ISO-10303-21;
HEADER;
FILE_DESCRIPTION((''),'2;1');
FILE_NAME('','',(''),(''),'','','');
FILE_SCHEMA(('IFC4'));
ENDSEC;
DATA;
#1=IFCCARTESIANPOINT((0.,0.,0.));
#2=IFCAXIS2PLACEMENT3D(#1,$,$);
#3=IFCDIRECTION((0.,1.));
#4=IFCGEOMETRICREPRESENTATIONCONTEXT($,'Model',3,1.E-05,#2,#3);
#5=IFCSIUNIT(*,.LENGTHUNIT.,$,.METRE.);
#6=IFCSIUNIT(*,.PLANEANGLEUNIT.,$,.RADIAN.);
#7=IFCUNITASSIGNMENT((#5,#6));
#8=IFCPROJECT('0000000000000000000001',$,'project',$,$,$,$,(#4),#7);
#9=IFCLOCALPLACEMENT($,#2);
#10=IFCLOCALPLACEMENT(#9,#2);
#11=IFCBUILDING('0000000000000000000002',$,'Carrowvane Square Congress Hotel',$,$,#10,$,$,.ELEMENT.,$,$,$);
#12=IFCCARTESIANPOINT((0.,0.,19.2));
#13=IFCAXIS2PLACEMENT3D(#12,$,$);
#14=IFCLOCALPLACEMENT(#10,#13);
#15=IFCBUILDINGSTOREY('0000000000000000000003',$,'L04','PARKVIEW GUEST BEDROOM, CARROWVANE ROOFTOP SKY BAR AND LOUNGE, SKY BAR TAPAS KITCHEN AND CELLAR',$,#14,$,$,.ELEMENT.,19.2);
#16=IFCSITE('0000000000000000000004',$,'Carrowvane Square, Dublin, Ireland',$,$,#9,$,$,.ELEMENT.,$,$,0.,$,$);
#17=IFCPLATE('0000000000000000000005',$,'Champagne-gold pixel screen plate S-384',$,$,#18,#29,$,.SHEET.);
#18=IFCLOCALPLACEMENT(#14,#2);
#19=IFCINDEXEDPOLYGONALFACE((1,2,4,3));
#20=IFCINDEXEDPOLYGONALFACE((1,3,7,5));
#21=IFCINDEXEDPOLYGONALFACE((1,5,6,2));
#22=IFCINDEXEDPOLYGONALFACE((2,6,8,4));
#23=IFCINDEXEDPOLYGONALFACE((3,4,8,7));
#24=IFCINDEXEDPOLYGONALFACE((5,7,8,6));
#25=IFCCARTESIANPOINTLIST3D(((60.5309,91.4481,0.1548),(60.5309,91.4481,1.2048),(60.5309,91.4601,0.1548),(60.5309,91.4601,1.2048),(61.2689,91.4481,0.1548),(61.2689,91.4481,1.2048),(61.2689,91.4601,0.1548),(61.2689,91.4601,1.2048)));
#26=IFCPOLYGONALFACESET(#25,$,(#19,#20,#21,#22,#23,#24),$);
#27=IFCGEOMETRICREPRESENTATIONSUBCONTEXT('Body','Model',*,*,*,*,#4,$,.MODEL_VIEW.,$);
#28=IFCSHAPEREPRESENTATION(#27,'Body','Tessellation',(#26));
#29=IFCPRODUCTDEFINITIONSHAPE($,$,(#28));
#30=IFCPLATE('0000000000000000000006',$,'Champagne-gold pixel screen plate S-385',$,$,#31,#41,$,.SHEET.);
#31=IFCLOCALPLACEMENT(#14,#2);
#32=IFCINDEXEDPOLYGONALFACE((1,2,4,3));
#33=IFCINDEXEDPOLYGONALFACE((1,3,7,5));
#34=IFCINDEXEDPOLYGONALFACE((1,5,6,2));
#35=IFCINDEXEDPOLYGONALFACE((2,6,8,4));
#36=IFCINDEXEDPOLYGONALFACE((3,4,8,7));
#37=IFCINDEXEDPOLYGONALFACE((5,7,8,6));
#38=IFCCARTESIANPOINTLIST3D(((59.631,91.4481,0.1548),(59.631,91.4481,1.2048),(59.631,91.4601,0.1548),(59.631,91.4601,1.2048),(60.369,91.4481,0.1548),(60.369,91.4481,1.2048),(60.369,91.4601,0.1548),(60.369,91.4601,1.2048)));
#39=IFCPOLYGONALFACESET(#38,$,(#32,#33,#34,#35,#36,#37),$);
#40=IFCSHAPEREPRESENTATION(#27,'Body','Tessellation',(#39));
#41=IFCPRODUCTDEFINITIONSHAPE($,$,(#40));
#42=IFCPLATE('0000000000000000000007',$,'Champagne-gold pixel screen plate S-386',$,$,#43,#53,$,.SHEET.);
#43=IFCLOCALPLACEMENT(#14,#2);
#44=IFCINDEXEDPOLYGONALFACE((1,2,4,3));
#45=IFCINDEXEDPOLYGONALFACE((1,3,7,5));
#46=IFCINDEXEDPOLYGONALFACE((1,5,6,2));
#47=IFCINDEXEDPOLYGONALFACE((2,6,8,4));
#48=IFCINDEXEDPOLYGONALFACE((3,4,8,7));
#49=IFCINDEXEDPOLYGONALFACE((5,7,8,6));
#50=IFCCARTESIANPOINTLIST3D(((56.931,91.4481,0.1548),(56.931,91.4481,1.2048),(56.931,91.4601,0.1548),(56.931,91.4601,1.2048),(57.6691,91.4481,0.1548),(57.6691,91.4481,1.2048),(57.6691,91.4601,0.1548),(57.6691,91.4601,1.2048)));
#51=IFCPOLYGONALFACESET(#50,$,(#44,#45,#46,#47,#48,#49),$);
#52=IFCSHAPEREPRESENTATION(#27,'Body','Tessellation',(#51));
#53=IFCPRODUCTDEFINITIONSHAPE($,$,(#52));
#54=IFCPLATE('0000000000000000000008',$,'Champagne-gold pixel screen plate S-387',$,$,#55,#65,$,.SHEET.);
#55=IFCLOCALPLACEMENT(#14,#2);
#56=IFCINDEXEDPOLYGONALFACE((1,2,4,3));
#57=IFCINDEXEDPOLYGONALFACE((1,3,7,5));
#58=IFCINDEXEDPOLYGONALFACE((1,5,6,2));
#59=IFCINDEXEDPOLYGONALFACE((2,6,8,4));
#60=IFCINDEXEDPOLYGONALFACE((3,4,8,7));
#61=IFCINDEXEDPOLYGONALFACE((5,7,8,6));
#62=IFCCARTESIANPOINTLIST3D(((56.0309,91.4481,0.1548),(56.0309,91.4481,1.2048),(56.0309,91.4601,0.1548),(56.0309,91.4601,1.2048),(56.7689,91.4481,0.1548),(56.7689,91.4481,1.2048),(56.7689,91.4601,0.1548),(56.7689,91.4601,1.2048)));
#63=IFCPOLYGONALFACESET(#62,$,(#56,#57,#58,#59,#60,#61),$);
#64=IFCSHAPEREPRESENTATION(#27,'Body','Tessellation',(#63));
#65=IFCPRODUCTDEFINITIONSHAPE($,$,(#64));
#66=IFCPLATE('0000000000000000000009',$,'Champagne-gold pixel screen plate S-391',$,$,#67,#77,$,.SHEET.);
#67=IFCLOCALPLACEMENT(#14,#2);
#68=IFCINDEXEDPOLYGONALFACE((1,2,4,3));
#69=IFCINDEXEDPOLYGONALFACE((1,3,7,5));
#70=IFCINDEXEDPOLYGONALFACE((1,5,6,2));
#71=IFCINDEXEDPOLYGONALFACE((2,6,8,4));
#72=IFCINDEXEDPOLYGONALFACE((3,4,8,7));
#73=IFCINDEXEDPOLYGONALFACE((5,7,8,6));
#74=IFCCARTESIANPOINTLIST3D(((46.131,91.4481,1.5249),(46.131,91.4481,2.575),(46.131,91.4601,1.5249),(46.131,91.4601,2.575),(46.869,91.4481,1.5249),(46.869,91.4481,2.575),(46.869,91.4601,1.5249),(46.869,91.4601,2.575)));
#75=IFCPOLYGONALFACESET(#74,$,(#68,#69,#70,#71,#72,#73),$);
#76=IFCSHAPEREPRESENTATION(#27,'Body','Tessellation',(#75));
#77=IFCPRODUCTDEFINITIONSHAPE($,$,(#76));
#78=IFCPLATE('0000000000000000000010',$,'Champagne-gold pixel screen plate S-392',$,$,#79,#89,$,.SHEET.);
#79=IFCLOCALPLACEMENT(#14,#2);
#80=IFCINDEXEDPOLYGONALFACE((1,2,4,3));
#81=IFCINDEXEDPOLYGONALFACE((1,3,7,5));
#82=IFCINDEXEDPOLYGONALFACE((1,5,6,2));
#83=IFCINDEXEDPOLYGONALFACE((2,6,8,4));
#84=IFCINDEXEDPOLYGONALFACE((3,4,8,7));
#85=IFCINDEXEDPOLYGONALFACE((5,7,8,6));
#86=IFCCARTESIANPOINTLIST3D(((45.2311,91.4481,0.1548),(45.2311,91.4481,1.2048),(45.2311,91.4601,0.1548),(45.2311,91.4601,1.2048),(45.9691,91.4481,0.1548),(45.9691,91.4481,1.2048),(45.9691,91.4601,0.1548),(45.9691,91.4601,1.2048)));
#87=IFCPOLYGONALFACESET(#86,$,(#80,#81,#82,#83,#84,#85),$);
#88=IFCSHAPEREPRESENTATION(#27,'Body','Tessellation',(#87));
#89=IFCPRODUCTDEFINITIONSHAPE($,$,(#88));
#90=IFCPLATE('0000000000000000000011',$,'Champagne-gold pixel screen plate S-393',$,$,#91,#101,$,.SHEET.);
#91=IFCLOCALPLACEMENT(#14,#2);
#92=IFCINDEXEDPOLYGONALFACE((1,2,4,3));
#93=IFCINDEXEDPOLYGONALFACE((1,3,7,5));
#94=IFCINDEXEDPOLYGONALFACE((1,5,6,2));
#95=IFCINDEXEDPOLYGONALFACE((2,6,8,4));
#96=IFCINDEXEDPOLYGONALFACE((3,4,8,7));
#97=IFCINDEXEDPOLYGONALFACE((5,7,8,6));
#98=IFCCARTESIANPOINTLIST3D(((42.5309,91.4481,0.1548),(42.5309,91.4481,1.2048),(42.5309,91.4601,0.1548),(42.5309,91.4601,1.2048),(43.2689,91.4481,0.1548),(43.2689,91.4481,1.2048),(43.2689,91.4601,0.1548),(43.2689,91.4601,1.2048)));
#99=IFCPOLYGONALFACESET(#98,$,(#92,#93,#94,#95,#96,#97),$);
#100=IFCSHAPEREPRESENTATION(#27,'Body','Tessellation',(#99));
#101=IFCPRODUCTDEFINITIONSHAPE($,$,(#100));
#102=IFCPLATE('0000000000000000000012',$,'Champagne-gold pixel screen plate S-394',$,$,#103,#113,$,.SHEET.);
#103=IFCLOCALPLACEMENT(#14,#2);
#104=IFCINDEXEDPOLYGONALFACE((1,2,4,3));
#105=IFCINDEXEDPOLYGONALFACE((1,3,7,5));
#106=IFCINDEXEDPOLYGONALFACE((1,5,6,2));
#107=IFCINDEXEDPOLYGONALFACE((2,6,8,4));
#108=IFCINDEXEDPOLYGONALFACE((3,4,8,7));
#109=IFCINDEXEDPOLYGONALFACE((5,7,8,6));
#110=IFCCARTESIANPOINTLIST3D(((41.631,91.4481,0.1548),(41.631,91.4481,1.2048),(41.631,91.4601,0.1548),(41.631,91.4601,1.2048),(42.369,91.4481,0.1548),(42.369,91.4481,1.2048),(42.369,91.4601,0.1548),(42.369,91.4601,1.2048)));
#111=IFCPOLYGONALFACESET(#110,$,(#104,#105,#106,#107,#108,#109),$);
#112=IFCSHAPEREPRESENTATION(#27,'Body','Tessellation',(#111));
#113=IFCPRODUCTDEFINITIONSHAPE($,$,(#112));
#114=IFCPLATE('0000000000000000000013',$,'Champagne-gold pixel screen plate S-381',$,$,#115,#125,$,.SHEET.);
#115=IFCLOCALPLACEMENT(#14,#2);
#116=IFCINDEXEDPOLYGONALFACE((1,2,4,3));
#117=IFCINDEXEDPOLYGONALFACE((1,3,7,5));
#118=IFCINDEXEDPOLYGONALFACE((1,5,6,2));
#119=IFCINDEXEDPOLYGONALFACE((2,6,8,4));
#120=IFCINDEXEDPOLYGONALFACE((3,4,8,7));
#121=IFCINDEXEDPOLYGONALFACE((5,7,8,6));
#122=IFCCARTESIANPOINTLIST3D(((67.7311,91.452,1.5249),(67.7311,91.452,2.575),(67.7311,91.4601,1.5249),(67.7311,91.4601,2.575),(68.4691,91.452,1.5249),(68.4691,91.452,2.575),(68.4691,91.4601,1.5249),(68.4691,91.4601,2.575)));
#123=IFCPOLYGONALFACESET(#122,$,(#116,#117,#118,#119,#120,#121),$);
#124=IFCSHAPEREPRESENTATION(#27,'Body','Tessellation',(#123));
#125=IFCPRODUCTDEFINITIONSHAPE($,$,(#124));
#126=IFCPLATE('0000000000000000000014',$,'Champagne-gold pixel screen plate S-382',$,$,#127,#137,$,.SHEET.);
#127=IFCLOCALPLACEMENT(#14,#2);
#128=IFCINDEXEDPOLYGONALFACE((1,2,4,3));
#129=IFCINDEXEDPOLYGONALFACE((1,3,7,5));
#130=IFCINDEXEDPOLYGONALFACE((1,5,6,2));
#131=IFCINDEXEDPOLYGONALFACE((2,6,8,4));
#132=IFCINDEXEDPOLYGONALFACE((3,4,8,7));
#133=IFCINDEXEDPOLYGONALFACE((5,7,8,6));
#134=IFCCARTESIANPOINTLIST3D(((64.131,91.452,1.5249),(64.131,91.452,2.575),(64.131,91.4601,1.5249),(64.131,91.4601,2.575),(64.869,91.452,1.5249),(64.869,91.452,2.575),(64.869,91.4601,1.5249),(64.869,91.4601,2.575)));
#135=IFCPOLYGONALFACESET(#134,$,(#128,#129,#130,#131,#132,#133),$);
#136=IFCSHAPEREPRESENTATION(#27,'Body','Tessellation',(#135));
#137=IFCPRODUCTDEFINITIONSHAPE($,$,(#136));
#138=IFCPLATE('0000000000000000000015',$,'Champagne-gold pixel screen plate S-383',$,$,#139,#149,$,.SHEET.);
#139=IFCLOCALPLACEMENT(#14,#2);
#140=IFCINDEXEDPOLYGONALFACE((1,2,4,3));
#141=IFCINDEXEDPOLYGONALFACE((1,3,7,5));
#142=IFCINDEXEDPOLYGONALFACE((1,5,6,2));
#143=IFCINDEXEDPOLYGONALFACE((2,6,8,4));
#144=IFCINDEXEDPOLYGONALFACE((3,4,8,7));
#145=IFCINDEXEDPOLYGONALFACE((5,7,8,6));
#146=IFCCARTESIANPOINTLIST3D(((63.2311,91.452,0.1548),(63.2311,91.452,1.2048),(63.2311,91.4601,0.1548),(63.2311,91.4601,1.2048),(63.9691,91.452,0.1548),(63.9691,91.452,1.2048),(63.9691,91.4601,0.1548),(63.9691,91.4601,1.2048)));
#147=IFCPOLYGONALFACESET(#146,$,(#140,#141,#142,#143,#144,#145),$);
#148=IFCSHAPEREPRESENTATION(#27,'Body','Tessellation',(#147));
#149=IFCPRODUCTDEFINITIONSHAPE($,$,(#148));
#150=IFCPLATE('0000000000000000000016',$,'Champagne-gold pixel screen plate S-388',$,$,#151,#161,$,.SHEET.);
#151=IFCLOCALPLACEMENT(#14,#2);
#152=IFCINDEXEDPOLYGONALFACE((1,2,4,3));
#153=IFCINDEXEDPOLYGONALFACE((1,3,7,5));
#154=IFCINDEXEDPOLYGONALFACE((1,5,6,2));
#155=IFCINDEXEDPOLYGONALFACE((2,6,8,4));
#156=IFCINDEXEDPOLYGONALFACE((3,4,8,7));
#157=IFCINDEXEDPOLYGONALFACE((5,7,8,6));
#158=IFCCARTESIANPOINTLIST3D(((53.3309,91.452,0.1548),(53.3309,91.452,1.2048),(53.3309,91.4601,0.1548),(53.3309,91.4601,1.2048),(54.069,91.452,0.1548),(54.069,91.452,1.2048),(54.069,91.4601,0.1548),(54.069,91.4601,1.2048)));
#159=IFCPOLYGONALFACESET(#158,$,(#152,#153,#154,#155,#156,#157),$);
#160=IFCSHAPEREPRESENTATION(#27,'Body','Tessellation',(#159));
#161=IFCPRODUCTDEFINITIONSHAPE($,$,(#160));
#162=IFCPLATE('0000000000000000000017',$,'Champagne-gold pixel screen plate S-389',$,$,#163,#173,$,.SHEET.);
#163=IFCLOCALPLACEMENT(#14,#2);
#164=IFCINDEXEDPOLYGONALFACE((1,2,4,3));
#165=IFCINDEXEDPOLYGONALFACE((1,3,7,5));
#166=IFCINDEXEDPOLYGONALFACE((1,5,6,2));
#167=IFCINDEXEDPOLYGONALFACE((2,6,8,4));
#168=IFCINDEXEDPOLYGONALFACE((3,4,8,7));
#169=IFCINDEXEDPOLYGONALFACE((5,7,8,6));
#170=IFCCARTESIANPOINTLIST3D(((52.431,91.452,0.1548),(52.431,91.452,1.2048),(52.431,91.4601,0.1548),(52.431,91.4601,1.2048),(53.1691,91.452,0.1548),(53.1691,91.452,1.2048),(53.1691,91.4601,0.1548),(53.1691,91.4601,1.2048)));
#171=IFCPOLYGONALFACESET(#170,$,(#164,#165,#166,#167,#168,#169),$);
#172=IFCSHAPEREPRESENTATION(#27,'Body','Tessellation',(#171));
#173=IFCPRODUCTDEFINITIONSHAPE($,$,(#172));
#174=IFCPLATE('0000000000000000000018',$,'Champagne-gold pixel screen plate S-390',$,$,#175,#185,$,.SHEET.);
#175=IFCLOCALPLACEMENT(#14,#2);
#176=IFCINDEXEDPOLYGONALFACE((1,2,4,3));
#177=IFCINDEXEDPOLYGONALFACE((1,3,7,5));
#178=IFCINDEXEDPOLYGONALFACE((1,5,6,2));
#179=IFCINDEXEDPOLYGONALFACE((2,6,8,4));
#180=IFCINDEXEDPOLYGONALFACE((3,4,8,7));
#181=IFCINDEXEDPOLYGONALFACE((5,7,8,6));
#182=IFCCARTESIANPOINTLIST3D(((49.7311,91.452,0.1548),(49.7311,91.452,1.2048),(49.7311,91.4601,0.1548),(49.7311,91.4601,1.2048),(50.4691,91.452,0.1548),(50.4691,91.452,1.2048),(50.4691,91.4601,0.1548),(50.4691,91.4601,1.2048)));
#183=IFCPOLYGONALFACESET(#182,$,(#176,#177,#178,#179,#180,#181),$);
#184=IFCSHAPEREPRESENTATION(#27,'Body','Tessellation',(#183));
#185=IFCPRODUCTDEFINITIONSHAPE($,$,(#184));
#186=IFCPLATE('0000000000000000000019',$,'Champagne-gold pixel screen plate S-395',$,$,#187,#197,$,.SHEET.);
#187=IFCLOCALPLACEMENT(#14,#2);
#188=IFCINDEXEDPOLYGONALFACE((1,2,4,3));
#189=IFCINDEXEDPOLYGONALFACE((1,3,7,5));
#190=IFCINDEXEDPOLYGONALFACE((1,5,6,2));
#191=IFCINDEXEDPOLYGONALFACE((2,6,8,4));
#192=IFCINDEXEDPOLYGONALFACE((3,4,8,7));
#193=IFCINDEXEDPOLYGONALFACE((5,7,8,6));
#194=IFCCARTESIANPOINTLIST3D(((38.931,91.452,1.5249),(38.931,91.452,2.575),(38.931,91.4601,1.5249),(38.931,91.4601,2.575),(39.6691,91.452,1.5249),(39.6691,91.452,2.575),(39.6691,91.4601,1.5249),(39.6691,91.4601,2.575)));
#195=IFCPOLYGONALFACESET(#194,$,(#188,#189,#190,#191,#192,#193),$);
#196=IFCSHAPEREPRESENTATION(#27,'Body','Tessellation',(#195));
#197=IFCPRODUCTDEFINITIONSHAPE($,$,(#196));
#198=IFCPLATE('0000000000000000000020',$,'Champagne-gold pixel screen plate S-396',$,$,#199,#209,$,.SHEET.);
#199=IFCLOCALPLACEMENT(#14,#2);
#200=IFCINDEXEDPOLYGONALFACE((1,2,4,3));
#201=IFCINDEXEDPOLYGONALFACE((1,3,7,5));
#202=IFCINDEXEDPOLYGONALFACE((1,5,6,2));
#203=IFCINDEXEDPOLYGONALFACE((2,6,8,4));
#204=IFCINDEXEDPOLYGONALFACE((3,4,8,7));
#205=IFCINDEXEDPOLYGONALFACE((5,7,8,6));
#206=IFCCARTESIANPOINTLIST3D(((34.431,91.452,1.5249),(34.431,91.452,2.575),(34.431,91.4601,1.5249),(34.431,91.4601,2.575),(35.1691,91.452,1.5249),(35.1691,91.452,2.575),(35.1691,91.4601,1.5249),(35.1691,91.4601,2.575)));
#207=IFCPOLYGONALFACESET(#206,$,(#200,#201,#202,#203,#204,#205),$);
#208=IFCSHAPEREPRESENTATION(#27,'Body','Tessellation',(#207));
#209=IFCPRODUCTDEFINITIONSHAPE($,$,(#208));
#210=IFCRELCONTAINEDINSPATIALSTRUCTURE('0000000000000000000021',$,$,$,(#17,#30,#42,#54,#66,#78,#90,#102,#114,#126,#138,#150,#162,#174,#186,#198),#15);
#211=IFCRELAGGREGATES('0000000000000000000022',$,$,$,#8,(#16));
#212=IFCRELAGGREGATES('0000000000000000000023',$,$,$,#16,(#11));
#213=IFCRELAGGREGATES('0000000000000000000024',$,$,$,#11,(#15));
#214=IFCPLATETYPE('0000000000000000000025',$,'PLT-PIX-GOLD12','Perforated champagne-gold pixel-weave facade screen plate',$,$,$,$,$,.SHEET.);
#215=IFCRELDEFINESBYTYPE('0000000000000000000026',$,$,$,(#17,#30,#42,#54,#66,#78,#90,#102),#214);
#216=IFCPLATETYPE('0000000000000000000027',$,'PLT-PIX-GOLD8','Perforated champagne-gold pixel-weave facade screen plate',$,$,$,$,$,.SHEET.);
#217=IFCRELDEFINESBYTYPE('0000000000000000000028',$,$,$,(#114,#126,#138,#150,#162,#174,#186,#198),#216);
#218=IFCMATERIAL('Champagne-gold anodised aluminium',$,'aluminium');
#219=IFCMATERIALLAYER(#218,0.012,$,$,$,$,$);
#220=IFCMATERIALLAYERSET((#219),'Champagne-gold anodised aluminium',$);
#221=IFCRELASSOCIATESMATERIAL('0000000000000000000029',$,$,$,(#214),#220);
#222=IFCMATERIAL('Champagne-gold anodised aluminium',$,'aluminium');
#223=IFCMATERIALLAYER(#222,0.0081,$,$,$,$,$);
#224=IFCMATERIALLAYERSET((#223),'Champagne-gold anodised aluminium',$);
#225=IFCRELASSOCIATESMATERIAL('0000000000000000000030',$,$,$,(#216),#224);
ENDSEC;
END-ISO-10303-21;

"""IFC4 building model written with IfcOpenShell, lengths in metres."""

from ifc_helpers import new_model, si_unit, direction, frame, origin, origin_2d, place, context, subcontext, project, spatial, rectangle, extrude, material, layer, layer_set, type_object, element, save


model = new_model("IFC4")

# Units and contexts
model_context = context("Model", 3, precision=1e-05, world=origin(), true_north=direction((0.0, 1.0)))
body_context = subcontext(model_context, "Body", "Model", "MODEL_VIEW")
ifc_project = project(units=[si_unit("LENGTHUNIT", "METRE"), si_unit("PLANEANGLEUNIT", "RADIAN")], contexts=[model_context])

# Site, building, storey
site_placement = place(None, origin())
site = spatial("IfcSite", under=ifc_project, at=site_placement, Name="Carrowvane Square, Dublin, Ireland", CompositionType="ELEMENT", RefElevation=0.0)
building_placement = place(site_placement, origin())
building = spatial("IfcBuilding", under=site, at=building_placement, Name="Carrowvane Square Congress Hotel", CompositionType="ELEMENT")
storey_placement = place(building_placement, frame((0.0, 0.0, 19.2)))
storey = spatial("IfcBuildingStorey", under=building, at=storey_placement, Name="L04", Description="PARKVIEW GUEST BEDROOM, CARROWVANE ROOFTOP SKY BAR AND LOUNGE, SKY BAR TAPAS KITCHEN AND CELLAR", CompositionType="ELEMENT", Elevation=19.2)

# Plates
ifc_material_1 = material(Name="Champagne-gold anodised aluminium", Category="aluminium")
ifc_layer_1 = layer(ifc_material_1, 0.012)
ifc_layer_set_1 = layer_set([ifc_layer_1], Name="Champagne-gold anodised aluminium")
plate_type_1 = type_object("IfcPlateType", Name="PLT-PIX-GOLD12", Description="Perforated champagne-gold pixel-weave facade screen plate", PredefinedType="SHEET", material=ifc_layer_set_1)
for number, where, z_axis, x_axis, name in (
    (1, (60.8999, 91.4541, 0.1548), (0.0, 0.0, 1.0), (-1.0, 0.0, 0.0), "Champagne-gold pixel screen plate S-384"),
    (2, (60.0, 91.4541, 0.1548), (0.0, 0.0, 1.0), (-1.0, 0.0, 0.0), "Champagne-gold pixel screen plate S-385"),
    (3, (57.3, 91.4541, 0.1548), (0.0, 0.0, 1.0), (-1.0, 0.0, 0.0), "Champagne-gold pixel screen plate S-386"),
    (4, (56.3999, 91.4541, 0.1548), (0.0, 0.0, 1.0), (-1.0, 0.0, 0.0), "Champagne-gold pixel screen plate S-387"),
    (5, (46.5, 91.4541, 1.5249), (0.0, 0.0, 1.0), (-1.0, 0.0, 0.0), "Champagne-gold pixel screen plate S-391"),
    (6, (45.6001, 91.4541, 0.1548), (0.0, 0.0, 1.0), (-1.0, 0.0, 0.0), "Champagne-gold pixel screen plate S-392"),
    (7, (42.8999, 91.4541, 0.1548), (0.0, 0.0, 1.0), (-1.0, 0.0, 0.0), "Champagne-gold pixel screen plate S-393"),
    (8, (42.0, 91.4541, 0.1548), (0.0, 0.0, 1.0), (-1.0, 0.0, 0.0), "Champagne-gold pixel screen plate S-394"),
):
    element("IfcPlate", number, at=place(storey_placement, frame(where, z_axis=z_axis, x_axis=x_axis)), inside=storey, type_object=plate_type_1, Name=name, PredefinedType="SHEET", context=body_context, shape_type="SweptSolid", body=[
        extrude(rectangle(XDim=0.738, YDim=0.012, at=origin_2d()), origin(), (0.0, 0.0, 1.0), 1.05),
    ])
ifc_material_2 = material(Name="Champagne-gold anodised aluminium", Category="aluminium")
ifc_layer_2 = layer(ifc_material_2, 0.0081)
ifc_layer_set_2 = layer_set([ifc_layer_2], Name="Champagne-gold anodised aluminium")
plate_type_2 = type_object("IfcPlateType", Name="PLT-PIX-GOLD8", Description="Perforated champagne-gold pixel-weave facade screen plate", PredefinedType="SHEET", material=ifc_layer_set_2)
for number, where, z_axis, x_axis, name in (
    (9, (68.1001, 91.4561, 1.5249), (0.0, 0.0, 1.0), (-1.0, 0.0, 0.0), "Champagne-gold pixel screen plate S-381"),
    (10, (64.5, 91.4561, 1.5249), (0.0, 0.0, 1.0), (-1.0, 0.0, 0.0), "Champagne-gold pixel screen plate S-382"),
    (11, (63.6001, 91.4561, 0.1548), (0.0, 0.0, 1.0), (-1.0, 0.0, 0.0), "Champagne-gold pixel screen plate S-383"),
    (12, (53.7, 91.4561, 0.1548), (0.0, 0.0, 1.0), (-1.0, 0.0, 0.0), "Champagne-gold pixel screen plate S-388"),
    (13, (52.8, 91.4561, 0.1548), (0.0, 0.0, 1.0), (-1.0, 0.0, 0.0), "Champagne-gold pixel screen plate S-389"),
    (14, (50.1001, 91.4561, 0.1548), (0.0, 0.0, 1.0), (-1.0, 0.0, 0.0), "Champagne-gold pixel screen plate S-390"),
    (15, (39.3, 91.4561, 1.5249), (0.0, 0.0, 1.0), (-1.0, 0.0, 0.0), "Champagne-gold pixel screen plate S-395"),
    (16, (34.8, 91.4561, 1.5249), (0.0, 0.0, 1.0), (-1.0, 0.0, 0.0), "Champagne-gold pixel screen plate S-396"),
):
    element("IfcPlate", number, at=place(storey_placement, frame(where, z_axis=z_axis, x_axis=x_axis)), inside=storey, type_object=plate_type_2, Name=name, PredefinedType="SHEET", context=body_context, shape_type="SweptSolid", body=[
        extrude(rectangle(XDim=0.738, YDim=0.0081, at=origin_2d()), origin(), (0.0, 0.0, 1.0), 1.05),
    ])

save(model, "model.ifc")
